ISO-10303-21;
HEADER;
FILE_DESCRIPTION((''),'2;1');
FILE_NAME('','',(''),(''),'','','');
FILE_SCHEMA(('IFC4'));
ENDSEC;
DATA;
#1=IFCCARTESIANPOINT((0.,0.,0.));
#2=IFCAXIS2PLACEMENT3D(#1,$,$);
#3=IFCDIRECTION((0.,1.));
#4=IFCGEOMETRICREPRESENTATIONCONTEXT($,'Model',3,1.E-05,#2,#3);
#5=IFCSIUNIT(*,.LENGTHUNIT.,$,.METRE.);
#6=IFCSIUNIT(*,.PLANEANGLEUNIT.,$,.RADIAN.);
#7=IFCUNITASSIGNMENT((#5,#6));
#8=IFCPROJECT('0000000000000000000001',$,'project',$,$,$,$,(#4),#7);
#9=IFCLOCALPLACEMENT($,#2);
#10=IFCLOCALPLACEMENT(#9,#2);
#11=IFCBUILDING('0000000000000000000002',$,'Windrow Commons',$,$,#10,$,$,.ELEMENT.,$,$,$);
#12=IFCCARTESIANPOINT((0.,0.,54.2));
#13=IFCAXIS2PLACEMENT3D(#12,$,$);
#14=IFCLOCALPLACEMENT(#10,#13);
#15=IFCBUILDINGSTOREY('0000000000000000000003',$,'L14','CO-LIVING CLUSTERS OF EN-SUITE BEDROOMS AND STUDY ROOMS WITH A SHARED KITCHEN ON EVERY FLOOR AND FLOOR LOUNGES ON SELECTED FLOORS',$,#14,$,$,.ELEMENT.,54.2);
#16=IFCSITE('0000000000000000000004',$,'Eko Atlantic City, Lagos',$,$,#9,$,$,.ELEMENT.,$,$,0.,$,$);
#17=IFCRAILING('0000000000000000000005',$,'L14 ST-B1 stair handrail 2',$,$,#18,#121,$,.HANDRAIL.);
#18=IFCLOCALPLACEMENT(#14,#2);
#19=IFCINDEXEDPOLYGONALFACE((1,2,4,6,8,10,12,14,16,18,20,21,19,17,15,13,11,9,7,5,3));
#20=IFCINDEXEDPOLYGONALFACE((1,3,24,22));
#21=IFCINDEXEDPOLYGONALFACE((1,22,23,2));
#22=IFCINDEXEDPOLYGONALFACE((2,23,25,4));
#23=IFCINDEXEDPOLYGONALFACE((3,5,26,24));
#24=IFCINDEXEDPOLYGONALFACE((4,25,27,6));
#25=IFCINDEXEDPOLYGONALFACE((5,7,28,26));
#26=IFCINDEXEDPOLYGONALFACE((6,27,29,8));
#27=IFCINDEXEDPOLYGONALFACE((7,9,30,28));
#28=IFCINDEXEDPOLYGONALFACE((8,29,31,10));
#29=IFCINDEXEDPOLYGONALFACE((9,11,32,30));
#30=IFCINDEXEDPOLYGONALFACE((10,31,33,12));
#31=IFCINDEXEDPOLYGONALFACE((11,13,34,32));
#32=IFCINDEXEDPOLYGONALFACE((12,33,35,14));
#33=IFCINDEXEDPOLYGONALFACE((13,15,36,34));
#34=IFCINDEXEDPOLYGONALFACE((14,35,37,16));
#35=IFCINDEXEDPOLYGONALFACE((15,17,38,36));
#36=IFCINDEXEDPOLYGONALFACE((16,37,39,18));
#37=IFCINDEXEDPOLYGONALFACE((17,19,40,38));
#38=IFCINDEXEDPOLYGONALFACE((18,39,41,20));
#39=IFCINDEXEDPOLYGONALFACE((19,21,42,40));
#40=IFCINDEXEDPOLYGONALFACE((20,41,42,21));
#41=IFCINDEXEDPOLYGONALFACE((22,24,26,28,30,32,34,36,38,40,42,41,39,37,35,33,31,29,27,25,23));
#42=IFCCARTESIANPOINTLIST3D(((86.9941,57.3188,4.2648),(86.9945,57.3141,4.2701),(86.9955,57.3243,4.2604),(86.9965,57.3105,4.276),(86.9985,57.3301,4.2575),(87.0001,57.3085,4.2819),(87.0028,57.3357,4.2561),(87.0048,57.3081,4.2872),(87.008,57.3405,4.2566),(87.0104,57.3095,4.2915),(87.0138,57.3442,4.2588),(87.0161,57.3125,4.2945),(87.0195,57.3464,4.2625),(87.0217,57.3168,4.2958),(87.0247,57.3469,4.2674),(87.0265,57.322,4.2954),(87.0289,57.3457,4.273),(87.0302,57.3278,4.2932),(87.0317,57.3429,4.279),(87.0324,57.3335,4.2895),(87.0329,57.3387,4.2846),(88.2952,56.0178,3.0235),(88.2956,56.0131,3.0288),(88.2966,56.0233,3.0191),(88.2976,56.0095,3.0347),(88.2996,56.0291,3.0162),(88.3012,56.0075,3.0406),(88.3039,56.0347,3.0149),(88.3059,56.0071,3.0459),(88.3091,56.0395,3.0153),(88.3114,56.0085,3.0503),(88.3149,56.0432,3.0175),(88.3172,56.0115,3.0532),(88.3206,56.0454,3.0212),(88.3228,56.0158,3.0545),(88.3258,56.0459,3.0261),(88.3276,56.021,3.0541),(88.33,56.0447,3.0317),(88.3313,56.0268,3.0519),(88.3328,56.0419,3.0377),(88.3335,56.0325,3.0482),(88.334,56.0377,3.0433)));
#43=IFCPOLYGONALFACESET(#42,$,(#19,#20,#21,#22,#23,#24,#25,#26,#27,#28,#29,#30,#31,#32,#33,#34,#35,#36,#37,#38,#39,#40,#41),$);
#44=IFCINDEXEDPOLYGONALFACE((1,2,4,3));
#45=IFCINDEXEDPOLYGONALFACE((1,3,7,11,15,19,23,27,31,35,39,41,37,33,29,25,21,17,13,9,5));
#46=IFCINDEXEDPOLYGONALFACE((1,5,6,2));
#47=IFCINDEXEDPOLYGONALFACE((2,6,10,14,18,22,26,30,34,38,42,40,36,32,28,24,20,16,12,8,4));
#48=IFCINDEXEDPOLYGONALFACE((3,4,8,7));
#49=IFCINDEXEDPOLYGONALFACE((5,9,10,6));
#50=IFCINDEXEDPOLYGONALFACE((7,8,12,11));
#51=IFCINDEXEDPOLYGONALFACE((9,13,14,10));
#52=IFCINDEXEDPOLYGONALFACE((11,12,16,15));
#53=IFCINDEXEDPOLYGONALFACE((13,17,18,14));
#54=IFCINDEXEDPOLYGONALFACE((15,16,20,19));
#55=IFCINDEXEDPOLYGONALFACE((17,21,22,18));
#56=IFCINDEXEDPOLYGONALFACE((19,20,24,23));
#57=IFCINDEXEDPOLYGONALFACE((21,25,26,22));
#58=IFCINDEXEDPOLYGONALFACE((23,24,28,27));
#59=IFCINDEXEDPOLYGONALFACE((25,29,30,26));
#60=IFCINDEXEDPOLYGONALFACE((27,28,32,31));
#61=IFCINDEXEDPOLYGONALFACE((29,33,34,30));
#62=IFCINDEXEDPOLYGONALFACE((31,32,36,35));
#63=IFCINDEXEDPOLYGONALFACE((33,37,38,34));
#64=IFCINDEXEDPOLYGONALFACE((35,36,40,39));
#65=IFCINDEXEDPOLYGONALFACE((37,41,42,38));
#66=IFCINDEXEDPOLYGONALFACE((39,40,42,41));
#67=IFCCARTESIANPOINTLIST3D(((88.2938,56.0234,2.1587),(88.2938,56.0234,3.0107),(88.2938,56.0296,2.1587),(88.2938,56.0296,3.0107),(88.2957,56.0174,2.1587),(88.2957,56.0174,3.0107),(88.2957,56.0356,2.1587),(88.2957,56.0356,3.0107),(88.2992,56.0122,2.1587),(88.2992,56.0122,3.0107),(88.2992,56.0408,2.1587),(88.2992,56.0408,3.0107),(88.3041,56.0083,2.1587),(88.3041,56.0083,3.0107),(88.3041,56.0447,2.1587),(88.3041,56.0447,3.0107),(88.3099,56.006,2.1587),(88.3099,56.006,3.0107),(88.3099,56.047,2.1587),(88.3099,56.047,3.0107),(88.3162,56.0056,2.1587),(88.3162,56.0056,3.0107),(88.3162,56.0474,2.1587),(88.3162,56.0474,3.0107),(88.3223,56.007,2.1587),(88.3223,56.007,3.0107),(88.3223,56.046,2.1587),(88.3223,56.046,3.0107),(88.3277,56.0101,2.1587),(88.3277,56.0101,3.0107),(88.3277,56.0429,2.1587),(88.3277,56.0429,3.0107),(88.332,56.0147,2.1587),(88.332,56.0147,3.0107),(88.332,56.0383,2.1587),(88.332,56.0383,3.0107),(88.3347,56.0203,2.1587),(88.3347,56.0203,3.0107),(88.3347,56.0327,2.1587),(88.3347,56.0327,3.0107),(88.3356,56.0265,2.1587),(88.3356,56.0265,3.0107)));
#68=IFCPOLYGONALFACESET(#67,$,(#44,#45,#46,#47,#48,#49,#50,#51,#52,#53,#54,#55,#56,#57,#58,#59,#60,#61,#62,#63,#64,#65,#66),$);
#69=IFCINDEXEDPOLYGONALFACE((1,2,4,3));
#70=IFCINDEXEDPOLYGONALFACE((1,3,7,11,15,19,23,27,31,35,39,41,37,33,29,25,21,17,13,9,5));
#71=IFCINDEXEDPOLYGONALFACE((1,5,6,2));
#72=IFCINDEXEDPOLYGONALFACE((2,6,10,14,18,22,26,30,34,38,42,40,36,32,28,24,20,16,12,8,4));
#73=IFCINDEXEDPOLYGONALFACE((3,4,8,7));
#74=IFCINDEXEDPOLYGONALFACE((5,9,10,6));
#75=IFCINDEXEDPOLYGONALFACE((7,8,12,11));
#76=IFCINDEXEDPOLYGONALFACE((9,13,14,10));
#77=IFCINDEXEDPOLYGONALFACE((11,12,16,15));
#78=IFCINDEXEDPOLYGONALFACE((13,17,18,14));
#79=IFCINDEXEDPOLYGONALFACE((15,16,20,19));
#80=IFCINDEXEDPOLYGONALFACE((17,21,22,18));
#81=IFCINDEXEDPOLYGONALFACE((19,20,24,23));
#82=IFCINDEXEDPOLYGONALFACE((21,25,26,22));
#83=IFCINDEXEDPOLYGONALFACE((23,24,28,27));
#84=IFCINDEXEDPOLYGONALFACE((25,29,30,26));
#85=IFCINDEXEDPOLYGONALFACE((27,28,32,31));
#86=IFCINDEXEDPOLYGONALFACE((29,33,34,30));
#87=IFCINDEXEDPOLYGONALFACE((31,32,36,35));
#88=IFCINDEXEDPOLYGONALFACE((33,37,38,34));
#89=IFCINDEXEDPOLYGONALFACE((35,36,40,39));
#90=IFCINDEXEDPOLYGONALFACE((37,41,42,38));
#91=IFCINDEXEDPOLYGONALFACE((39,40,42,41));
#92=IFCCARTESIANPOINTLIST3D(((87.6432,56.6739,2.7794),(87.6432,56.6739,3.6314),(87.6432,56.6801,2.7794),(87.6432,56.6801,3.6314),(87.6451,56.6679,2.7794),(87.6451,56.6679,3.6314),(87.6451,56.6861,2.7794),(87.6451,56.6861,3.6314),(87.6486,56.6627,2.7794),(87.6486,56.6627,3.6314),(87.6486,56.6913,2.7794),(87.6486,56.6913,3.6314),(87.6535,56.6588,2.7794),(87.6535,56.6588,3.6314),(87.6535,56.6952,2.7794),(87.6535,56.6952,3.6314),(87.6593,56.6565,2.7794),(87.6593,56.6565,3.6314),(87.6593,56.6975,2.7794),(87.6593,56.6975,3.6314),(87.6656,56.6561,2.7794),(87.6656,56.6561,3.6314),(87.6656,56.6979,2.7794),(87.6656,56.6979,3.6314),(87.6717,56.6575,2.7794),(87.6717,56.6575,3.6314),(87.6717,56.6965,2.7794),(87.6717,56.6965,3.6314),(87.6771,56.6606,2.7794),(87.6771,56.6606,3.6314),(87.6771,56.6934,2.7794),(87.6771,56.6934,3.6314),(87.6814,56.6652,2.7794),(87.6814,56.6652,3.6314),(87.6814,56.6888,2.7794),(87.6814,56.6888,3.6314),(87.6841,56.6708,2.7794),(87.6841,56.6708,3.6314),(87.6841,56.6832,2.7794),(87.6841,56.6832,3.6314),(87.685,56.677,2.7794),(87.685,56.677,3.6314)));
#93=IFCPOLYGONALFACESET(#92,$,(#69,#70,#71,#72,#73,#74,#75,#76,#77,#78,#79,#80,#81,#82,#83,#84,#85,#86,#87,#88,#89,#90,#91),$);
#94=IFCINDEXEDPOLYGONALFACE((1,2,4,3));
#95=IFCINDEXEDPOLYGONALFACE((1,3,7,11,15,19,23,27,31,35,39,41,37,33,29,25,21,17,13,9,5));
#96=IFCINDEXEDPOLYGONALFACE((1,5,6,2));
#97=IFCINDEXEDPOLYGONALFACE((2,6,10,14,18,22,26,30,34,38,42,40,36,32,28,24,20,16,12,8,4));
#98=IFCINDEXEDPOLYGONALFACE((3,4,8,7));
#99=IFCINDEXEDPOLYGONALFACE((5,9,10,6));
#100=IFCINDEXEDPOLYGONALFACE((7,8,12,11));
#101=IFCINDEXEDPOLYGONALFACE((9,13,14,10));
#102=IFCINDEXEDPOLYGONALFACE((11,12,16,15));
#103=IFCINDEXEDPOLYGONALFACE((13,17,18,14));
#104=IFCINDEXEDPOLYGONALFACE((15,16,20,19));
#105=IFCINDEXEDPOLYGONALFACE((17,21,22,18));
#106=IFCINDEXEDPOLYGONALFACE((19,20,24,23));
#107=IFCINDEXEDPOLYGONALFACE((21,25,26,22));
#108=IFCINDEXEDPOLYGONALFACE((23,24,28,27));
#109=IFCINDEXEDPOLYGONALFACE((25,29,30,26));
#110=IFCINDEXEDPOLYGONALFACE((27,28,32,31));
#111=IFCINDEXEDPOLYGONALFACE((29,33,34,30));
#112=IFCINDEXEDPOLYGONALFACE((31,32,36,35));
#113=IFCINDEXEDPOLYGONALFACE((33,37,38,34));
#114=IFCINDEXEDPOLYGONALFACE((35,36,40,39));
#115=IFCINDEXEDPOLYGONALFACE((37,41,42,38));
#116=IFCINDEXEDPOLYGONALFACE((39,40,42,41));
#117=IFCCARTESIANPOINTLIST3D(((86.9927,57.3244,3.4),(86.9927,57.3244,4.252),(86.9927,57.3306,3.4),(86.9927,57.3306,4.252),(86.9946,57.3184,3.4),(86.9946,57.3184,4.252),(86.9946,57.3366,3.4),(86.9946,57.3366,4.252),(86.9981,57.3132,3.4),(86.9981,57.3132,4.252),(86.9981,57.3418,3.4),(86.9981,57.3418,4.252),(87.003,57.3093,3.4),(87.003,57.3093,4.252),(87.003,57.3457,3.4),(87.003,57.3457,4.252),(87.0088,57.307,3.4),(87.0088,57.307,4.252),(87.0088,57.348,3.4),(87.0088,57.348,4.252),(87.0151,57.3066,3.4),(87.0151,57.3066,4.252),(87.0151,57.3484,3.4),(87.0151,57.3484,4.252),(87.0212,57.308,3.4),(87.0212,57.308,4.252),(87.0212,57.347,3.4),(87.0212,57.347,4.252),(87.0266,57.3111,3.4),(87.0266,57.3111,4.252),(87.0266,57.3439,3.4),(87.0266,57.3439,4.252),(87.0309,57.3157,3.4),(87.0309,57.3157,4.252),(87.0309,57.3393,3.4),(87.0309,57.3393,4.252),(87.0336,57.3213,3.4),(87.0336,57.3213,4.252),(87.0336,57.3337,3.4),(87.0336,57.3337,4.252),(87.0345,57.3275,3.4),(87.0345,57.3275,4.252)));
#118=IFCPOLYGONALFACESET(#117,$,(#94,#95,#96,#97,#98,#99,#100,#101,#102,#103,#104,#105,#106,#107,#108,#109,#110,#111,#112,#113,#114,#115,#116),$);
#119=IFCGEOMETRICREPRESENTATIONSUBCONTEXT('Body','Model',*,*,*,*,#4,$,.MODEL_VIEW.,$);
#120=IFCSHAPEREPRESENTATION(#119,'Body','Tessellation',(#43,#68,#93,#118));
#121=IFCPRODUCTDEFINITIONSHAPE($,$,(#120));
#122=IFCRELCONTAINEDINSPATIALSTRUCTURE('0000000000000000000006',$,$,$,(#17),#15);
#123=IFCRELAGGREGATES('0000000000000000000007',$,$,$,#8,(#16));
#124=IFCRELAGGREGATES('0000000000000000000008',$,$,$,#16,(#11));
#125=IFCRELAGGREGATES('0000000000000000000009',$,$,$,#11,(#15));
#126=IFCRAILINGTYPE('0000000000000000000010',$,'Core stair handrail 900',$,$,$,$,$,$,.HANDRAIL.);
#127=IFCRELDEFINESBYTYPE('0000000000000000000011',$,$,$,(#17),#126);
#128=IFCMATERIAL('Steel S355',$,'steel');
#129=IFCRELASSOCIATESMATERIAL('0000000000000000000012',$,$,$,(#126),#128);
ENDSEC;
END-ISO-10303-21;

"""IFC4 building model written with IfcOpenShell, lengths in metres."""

from ifc_helpers import new_model, si_unit, direction, frame, origin, origin_2d, place, context, subcontext, project, spatial, circle, extrude, material, type_object, element, save


model = new_model("IFC4")

# Units and contexts
model_context = context("Model", 3, precision=1e-05, world=origin(), true_north=direction((0.0, 1.0)))
body_context = subcontext(model_context, "Body", "Model", "MODEL_VIEW")
ifc_project = project(units=[si_unit("LENGTHUNIT", "METRE"), si_unit("PLANEANGLEUNIT", "RADIAN")], contexts=[model_context])

# Site, building, storey
site_placement = place(None, origin())
site = spatial("IfcSite", under=ifc_project, at=site_placement, Name="Eko Atlantic City, Lagos", CompositionType="ELEMENT", RefElevation=0.0)
building_placement = place(site_placement, origin())
building = spatial("IfcBuilding", under=site, at=building_placement, Name="Windrow Commons", CompositionType="ELEMENT")
storey_placement = place(building_placement, frame((0.0, 0.0, 54.2)))
storey = spatial("IfcBuildingStorey", under=building, at=storey_placement, Name="L14", Description="CO-LIVING CLUSTERS OF EN-SUITE BEDROOMS AND STUDY ROOMS WITH A SHARED KITCHEN ON EVERY FLOOR AND FLOOR LOUNGES ON SELECTED FLOORS", CompositionType="ELEMENT", Elevation=54.2)

# Railing
ifc_material_1 = material(Name="Steel S355", Category="steel")
railing_type_1 = type_object("IfcRailingType", Name="Core stair handrail 900", PredefinedType="HANDRAIL", material=ifc_material_1)
railing_1_placement = place(storey_placement, frame((88.3146, 56.0265, 2.1587)))
element("IfcRailing", 1, at=railing_1_placement, inside=storey, type_object=railing_type_1, Name="L14 ST-B1 stair handrail 2", PredefinedType="HANDRAIL", context=body_context, shape_type="SweptSolid", body=[
    extrude(circle(Radius=0.024, at=origin_2d()), frame((0.0, 0.0, 0.876), z_axis=(-0.586207, 0.586162, 0.559264), x_axis=(-0.70708, -0.707134, 0.0)), (0.0, 0.0, 1.0), 2.2195),
    extrude(circle(Radius=0.021, at=origin_2d()), origin(), (0.0, 0.0, 1.0), 0.852),
    extrude(circle(Radius=0.021, at=origin_2d()), frame((-0.6506, 0.6505, 0.6207)), (0.0, 0.0, 1.0), 0.852),
    extrude(circle(Radius=0.021, at=origin_2d()), frame((-1.3011, 1.301, 1.2413)), (0.0, 0.0, 1.0), 0.852),
])

save(model, "model.ifc")
